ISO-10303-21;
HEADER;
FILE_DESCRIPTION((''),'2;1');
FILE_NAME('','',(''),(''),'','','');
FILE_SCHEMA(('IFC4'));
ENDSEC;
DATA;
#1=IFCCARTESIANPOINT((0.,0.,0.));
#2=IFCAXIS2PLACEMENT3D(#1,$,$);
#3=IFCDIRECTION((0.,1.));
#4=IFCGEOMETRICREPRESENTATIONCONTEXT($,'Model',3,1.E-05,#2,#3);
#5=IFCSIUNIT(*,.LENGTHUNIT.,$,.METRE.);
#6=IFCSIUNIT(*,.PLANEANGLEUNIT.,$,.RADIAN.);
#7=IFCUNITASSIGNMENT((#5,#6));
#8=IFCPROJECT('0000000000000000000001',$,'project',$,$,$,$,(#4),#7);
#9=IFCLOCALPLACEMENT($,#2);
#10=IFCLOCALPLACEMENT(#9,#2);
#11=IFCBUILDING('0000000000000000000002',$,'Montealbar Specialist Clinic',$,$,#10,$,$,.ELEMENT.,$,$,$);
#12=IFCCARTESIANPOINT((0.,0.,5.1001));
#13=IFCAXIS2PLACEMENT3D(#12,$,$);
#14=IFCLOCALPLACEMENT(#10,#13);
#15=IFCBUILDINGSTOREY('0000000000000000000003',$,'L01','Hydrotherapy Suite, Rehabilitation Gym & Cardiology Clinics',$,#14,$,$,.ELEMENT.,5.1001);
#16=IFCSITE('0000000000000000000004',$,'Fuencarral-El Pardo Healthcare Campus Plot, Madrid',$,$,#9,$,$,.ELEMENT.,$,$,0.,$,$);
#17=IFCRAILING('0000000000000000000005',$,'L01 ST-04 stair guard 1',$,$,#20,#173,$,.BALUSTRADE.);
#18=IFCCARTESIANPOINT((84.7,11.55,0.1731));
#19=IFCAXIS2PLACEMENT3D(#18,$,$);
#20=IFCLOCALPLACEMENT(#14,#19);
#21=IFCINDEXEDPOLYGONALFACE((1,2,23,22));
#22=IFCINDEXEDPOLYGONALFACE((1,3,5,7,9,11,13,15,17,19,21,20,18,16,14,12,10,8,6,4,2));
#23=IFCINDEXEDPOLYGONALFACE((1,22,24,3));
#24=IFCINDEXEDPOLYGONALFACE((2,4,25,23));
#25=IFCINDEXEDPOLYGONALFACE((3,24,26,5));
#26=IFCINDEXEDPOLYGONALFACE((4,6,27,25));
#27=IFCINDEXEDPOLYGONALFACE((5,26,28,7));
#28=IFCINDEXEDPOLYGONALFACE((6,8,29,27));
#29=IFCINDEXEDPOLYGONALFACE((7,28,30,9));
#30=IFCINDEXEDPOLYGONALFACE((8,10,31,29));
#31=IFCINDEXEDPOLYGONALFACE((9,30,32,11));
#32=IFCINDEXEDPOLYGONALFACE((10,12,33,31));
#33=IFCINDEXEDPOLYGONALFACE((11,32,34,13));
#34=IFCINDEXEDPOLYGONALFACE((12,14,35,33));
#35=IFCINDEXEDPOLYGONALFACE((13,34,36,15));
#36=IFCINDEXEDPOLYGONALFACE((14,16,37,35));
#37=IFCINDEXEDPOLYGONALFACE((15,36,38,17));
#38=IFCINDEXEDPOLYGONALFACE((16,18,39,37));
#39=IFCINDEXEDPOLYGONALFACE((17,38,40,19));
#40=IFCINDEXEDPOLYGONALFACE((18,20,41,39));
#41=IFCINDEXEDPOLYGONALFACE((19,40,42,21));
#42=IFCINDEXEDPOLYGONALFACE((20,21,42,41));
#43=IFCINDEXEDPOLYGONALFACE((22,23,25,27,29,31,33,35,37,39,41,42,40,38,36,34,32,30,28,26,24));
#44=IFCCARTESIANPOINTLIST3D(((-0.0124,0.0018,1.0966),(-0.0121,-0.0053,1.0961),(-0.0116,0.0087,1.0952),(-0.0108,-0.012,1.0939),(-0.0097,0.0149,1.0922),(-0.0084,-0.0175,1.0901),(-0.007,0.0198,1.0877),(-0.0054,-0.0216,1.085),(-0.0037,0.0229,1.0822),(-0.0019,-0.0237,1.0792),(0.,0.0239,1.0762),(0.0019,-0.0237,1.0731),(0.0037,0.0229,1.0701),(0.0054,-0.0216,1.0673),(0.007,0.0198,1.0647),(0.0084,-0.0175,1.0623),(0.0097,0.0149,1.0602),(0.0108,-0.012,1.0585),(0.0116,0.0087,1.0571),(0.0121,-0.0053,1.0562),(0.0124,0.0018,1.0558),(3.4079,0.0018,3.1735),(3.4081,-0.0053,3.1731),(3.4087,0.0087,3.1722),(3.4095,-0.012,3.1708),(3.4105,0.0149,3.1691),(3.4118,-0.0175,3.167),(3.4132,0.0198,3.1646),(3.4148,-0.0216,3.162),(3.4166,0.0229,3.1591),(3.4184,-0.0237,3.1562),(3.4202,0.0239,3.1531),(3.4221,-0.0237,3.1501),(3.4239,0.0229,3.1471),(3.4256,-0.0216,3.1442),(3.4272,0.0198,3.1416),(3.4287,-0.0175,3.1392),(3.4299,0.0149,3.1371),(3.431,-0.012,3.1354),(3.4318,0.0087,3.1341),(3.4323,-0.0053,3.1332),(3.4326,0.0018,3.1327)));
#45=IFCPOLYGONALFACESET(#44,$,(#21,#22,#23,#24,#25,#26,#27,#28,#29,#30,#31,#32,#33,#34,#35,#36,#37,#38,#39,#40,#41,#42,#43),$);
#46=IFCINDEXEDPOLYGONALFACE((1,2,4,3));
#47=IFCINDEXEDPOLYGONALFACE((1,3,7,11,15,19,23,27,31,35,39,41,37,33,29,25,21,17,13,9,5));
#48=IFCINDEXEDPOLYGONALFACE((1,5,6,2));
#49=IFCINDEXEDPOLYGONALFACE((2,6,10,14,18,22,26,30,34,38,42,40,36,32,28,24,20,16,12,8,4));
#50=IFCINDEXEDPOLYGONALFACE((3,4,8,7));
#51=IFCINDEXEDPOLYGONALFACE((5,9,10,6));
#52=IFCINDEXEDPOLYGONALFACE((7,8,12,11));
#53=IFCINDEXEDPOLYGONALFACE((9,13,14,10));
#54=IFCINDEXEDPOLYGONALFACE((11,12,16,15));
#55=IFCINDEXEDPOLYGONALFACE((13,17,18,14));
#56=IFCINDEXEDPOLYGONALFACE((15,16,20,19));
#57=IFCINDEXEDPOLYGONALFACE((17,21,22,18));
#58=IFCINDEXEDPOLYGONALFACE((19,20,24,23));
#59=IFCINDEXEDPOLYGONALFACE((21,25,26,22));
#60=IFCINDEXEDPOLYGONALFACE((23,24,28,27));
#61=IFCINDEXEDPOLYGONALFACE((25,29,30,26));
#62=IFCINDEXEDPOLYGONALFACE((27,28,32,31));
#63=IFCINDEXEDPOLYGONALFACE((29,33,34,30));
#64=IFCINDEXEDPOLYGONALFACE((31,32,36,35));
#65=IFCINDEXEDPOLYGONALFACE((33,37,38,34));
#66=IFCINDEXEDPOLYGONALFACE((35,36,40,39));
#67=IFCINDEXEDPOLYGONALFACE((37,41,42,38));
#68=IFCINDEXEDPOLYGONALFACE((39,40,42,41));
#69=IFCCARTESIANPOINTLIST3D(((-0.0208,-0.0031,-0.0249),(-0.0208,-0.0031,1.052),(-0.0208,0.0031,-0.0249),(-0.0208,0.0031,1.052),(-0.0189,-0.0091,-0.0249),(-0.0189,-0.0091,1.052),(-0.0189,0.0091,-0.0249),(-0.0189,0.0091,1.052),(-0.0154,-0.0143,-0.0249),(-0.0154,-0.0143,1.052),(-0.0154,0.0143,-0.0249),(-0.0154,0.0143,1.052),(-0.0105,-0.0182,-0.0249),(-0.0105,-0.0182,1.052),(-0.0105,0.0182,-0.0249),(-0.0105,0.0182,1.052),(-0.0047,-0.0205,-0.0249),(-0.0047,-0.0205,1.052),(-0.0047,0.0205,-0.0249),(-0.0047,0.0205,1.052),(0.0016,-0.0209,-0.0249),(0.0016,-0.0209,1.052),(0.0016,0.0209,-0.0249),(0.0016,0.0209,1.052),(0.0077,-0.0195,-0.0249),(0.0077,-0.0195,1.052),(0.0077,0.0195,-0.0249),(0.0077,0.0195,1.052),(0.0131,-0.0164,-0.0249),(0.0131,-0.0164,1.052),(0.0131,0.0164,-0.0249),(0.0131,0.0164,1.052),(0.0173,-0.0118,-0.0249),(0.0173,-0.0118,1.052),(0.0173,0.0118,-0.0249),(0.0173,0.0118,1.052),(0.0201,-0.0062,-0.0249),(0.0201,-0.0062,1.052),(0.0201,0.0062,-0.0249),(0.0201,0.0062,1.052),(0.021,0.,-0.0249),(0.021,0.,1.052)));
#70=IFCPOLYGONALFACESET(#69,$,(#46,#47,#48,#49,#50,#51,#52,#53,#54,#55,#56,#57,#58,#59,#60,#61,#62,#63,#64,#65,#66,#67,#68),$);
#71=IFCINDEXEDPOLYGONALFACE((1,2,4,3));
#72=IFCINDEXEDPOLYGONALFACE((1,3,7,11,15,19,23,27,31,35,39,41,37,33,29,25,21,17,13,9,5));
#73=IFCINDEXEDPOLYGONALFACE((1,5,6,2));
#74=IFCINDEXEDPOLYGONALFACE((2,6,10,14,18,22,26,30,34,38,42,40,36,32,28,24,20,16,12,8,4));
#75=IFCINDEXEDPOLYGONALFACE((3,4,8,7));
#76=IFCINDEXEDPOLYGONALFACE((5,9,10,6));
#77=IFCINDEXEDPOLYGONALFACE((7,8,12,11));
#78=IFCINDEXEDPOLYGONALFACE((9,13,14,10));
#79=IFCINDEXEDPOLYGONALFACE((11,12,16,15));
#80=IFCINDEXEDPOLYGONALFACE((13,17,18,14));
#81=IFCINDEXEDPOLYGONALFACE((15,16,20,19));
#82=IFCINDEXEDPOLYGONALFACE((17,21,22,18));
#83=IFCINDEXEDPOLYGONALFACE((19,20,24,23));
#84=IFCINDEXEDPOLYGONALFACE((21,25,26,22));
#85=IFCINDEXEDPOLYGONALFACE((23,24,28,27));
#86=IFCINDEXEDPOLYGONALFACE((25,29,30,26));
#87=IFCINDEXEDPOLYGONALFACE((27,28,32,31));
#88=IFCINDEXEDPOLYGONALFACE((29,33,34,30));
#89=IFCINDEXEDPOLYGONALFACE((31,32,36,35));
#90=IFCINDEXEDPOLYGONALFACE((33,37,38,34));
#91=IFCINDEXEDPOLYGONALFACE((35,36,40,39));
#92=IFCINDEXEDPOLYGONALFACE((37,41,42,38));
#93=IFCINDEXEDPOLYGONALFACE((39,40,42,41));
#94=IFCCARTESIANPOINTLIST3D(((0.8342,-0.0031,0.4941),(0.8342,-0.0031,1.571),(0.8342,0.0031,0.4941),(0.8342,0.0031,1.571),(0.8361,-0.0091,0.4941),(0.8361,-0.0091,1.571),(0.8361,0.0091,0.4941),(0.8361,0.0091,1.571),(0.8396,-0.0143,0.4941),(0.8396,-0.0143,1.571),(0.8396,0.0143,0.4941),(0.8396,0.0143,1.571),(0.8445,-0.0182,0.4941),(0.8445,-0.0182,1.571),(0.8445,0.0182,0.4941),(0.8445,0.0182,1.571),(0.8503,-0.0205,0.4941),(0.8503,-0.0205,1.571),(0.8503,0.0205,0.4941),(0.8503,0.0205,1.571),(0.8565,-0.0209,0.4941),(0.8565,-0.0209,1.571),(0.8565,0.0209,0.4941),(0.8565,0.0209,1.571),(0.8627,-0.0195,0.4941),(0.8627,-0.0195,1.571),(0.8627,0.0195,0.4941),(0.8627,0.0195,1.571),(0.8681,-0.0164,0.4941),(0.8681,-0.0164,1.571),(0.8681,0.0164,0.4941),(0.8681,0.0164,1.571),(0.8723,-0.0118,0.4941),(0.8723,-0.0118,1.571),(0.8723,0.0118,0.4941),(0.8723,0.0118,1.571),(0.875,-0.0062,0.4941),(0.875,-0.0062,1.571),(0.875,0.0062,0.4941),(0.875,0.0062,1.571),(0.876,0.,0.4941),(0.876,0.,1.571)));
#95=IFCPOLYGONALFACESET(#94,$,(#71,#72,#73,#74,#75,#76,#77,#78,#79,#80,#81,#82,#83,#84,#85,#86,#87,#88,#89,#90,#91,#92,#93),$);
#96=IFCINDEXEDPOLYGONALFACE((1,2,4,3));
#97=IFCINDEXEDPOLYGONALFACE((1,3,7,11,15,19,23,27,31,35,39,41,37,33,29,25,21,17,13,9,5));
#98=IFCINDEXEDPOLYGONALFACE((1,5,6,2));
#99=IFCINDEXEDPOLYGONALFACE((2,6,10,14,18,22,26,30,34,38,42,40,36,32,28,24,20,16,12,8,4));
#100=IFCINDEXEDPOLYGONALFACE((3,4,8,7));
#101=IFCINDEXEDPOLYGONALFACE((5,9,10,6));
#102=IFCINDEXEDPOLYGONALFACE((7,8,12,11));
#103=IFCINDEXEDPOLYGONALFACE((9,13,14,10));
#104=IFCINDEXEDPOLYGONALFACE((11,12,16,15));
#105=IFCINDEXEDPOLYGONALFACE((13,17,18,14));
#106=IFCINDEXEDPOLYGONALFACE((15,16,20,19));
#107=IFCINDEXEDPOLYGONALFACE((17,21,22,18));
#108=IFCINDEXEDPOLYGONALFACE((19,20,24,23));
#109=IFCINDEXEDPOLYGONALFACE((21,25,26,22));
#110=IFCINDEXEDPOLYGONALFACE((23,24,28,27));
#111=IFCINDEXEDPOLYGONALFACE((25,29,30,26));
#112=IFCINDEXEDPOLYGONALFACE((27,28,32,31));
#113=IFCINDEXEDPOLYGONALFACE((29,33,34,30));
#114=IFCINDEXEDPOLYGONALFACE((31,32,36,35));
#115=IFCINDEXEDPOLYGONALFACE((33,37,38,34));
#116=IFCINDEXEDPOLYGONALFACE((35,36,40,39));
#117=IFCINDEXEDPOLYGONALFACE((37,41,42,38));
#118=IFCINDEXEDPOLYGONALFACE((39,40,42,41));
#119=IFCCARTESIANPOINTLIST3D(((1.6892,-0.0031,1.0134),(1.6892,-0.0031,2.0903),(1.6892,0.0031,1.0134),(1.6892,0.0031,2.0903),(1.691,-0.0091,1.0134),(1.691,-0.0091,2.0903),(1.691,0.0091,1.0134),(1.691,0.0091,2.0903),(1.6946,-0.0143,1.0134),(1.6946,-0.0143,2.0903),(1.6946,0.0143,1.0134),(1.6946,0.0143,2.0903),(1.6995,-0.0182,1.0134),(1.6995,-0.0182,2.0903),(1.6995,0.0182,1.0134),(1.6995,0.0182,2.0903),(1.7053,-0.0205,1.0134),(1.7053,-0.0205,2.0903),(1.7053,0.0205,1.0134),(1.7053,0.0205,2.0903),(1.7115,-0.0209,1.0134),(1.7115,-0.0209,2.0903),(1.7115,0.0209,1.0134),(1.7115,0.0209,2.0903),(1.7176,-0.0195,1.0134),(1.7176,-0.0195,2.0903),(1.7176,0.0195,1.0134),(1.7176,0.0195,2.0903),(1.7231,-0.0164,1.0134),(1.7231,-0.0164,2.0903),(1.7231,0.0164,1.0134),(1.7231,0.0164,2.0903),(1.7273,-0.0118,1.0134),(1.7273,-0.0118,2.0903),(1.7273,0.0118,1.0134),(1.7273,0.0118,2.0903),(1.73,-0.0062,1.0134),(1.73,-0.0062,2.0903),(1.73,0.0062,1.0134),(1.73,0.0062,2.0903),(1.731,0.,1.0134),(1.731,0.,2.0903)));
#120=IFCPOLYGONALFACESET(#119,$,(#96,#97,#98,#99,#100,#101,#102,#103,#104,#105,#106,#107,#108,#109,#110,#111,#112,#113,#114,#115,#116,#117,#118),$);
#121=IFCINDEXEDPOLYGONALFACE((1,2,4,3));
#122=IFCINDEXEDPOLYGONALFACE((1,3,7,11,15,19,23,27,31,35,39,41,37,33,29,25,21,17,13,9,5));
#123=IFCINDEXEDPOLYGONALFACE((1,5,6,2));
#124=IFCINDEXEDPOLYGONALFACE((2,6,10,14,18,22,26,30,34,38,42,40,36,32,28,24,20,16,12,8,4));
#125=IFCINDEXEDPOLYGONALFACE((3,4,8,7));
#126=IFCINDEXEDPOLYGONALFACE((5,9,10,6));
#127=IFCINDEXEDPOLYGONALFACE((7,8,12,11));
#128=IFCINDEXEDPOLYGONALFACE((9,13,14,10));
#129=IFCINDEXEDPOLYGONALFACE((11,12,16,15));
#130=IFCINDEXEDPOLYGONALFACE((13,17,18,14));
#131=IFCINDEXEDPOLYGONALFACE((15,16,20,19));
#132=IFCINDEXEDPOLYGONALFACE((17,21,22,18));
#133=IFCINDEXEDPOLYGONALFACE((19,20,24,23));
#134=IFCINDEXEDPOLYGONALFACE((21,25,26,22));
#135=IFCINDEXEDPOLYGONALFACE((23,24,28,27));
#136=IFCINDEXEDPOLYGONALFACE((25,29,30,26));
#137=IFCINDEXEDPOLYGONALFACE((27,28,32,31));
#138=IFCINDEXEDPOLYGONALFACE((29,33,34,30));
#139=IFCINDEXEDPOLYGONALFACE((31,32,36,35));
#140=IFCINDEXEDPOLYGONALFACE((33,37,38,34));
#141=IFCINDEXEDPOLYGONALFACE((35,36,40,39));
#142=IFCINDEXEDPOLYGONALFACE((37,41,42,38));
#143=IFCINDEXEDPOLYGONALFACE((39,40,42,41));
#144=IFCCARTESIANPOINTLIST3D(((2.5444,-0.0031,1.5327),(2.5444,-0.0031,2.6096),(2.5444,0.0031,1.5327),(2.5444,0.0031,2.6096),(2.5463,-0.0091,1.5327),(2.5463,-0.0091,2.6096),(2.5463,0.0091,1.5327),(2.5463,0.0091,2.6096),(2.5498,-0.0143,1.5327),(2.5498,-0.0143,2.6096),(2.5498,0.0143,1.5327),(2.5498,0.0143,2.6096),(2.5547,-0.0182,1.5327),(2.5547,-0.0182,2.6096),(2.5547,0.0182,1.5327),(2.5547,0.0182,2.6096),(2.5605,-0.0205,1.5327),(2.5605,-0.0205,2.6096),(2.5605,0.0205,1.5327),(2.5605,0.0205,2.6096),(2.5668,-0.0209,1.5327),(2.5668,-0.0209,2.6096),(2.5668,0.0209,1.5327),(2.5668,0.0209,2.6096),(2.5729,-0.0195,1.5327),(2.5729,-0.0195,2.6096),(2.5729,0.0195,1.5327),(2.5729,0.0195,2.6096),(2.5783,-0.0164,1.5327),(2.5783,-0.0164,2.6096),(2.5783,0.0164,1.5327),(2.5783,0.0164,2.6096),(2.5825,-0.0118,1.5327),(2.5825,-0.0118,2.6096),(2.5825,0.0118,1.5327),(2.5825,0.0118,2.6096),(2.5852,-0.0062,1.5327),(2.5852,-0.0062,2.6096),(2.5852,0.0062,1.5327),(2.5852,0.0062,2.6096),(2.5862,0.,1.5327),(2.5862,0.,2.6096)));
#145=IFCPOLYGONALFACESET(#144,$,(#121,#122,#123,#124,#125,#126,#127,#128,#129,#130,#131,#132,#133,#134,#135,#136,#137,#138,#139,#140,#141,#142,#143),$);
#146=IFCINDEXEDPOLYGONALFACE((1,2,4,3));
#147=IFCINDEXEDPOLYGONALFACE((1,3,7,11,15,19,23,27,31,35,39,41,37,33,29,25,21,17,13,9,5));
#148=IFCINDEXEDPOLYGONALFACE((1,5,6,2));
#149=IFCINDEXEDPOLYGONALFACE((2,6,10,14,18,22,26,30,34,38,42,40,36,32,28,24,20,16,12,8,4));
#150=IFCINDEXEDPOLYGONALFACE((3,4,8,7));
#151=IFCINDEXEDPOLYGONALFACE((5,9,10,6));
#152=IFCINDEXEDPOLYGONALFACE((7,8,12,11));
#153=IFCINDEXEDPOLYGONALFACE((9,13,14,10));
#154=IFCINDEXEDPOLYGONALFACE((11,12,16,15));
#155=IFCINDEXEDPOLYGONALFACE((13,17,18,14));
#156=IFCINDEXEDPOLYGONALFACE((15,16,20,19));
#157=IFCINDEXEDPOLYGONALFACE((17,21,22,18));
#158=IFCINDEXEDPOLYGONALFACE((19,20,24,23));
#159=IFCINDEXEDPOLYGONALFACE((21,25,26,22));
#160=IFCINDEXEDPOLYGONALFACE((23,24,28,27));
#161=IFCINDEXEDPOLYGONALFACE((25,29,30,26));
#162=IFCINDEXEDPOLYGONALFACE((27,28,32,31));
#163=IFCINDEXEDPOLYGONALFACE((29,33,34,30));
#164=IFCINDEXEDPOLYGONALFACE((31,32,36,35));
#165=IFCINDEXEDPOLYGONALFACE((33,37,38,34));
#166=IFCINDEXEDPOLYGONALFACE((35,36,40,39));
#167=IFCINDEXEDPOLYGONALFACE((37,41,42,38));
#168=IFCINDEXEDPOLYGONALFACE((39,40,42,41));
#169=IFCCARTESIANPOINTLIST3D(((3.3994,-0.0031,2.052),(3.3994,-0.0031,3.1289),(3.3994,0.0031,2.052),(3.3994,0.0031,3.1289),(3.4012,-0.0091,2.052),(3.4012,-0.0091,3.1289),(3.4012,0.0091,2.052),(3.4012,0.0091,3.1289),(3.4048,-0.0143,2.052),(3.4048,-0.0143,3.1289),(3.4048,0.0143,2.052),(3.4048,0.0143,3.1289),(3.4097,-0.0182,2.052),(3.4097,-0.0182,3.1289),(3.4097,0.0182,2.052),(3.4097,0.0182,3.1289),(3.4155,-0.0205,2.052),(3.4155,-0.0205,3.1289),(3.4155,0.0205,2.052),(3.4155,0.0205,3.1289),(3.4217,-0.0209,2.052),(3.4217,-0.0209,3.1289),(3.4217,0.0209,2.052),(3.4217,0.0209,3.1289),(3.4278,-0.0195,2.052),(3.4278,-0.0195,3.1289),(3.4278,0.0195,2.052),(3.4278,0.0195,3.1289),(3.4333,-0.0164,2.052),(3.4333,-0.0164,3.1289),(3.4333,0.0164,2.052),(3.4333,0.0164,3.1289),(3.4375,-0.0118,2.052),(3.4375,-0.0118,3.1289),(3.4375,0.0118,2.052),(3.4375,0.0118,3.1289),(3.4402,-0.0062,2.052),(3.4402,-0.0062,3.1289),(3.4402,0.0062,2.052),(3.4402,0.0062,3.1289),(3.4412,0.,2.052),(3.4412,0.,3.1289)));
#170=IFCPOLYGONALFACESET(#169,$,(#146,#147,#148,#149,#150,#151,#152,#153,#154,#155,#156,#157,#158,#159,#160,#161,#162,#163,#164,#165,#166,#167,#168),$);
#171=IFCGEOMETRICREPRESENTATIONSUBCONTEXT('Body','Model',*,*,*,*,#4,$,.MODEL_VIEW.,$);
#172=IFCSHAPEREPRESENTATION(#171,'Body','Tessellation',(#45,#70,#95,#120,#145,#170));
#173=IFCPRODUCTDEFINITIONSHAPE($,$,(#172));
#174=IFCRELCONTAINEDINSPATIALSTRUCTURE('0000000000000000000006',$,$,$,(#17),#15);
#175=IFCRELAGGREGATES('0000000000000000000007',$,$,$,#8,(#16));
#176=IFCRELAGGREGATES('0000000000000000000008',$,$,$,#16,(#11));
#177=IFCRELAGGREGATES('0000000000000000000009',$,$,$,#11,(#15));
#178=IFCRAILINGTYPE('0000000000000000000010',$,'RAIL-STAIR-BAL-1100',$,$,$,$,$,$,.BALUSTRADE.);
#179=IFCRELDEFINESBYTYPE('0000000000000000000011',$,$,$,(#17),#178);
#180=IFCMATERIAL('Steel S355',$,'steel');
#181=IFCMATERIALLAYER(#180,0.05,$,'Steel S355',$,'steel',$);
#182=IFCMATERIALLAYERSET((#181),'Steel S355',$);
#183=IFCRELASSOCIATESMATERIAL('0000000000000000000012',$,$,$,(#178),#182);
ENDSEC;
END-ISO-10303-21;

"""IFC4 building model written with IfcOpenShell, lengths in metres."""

from ifc_helpers import new_model, si_unit, direction, frame, origin, origin_2d, place, context, subcontext, project, spatial, circle, extrude, material, layer, layer_set, type_object, element, save


model = new_model("IFC4")

# Units and contexts
model_context = context("Model", 3, precision=1e-05, world=origin(), true_north=direction((0.0, 1.0)))
body_context = subcontext(model_context, "Body", "Model", "MODEL_VIEW")
ifc_project = project(units=[si_unit("LENGTHUNIT", "METRE"), si_unit("PLANEANGLEUNIT", "RADIAN")], contexts=[model_context])

# Site, building, storey
site_placement = place(None, origin())
site = spatial("IfcSite", under=ifc_project, at=site_placement, Name="Fuencarral-El Pardo Healthcare Campus Plot, Madrid", CompositionType="ELEMENT", RefElevation=0.0)
building_placement = place(site_placement, origin())
building = spatial("IfcBuilding", under=site, at=building_placement, Name="Montealbar Specialist Clinic", CompositionType="ELEMENT")
storey_placement = place(building_placement, frame((0.0, 0.0, 5.1001)))
storey = spatial("IfcBuildingStorey", under=building, at=storey_placement, Name="L01", Description="Hydrotherapy Suite, Rehabilitation Gym & Cardiology Clinics", CompositionType="ELEMENT", Elevation=5.1001)

# Shared definitions
ifc_material_1 = material(Name="Steel S355", Category="steel")

# Railing
ifc_layer_1 = layer(ifc_material_1, 0.05, Name="Steel S355", Category="steel")
ifc_layer_set_1 = layer_set([ifc_layer_1], Name="Steel S355")
railing_type_1 = type_object("IfcRailingType", Name="RAIL-STAIR-BAL-1100", PredefinedType="BALUSTRADE", material=ifc_layer_set_1)
railing_1_placement = place(storey_placement, frame((84.7, 11.55, 0.1731)))
element("IfcRailing", 1, at=railing_1_placement, inside=storey, type_object=railing_type_1, Name="L01 ST-04 stair guard 1", PredefinedType="BALUSTRADE", context=body_context, shape_type="SweptSolid", body=[
    extrude(circle(Radius=0.0239, at=origin_2d()), frame((0.0, 0.0, 1.0762), z_axis=(0.854746, 0.0, 0.519047), x_axis=(0.0, 1.0, 0.0)), (0.0, 0.0, 1.0), 4.0015),
    extrude(circle(Radius=0.021, at=origin_2d()), frame((0.0, 0.0, -0.0249)), (0.0, 0.0, 1.0), 1.0769),
    extrude(circle(Radius=0.021, at=origin_2d()), frame((0.855, 0.0, 0.4941)), (0.0, 0.0, 1.0), 1.0769),
    extrude(circle(Radius=0.021, at=origin_2d()), frame((1.71, 0.0, 1.0134)), (0.0, 0.0, 1.0), 1.0769),
    extrude(circle(Radius=0.021, at=origin_2d()), frame((2.5652, 0.0, 1.5327)), (0.0, 0.0, 1.0), 1.0769),
    extrude(circle(Radius=0.021, at=origin_2d()), frame((3.4202, 0.0, 2.052)), (0.0, 0.0, 1.0), 1.0769),
])

save(model, "model.ifc")
